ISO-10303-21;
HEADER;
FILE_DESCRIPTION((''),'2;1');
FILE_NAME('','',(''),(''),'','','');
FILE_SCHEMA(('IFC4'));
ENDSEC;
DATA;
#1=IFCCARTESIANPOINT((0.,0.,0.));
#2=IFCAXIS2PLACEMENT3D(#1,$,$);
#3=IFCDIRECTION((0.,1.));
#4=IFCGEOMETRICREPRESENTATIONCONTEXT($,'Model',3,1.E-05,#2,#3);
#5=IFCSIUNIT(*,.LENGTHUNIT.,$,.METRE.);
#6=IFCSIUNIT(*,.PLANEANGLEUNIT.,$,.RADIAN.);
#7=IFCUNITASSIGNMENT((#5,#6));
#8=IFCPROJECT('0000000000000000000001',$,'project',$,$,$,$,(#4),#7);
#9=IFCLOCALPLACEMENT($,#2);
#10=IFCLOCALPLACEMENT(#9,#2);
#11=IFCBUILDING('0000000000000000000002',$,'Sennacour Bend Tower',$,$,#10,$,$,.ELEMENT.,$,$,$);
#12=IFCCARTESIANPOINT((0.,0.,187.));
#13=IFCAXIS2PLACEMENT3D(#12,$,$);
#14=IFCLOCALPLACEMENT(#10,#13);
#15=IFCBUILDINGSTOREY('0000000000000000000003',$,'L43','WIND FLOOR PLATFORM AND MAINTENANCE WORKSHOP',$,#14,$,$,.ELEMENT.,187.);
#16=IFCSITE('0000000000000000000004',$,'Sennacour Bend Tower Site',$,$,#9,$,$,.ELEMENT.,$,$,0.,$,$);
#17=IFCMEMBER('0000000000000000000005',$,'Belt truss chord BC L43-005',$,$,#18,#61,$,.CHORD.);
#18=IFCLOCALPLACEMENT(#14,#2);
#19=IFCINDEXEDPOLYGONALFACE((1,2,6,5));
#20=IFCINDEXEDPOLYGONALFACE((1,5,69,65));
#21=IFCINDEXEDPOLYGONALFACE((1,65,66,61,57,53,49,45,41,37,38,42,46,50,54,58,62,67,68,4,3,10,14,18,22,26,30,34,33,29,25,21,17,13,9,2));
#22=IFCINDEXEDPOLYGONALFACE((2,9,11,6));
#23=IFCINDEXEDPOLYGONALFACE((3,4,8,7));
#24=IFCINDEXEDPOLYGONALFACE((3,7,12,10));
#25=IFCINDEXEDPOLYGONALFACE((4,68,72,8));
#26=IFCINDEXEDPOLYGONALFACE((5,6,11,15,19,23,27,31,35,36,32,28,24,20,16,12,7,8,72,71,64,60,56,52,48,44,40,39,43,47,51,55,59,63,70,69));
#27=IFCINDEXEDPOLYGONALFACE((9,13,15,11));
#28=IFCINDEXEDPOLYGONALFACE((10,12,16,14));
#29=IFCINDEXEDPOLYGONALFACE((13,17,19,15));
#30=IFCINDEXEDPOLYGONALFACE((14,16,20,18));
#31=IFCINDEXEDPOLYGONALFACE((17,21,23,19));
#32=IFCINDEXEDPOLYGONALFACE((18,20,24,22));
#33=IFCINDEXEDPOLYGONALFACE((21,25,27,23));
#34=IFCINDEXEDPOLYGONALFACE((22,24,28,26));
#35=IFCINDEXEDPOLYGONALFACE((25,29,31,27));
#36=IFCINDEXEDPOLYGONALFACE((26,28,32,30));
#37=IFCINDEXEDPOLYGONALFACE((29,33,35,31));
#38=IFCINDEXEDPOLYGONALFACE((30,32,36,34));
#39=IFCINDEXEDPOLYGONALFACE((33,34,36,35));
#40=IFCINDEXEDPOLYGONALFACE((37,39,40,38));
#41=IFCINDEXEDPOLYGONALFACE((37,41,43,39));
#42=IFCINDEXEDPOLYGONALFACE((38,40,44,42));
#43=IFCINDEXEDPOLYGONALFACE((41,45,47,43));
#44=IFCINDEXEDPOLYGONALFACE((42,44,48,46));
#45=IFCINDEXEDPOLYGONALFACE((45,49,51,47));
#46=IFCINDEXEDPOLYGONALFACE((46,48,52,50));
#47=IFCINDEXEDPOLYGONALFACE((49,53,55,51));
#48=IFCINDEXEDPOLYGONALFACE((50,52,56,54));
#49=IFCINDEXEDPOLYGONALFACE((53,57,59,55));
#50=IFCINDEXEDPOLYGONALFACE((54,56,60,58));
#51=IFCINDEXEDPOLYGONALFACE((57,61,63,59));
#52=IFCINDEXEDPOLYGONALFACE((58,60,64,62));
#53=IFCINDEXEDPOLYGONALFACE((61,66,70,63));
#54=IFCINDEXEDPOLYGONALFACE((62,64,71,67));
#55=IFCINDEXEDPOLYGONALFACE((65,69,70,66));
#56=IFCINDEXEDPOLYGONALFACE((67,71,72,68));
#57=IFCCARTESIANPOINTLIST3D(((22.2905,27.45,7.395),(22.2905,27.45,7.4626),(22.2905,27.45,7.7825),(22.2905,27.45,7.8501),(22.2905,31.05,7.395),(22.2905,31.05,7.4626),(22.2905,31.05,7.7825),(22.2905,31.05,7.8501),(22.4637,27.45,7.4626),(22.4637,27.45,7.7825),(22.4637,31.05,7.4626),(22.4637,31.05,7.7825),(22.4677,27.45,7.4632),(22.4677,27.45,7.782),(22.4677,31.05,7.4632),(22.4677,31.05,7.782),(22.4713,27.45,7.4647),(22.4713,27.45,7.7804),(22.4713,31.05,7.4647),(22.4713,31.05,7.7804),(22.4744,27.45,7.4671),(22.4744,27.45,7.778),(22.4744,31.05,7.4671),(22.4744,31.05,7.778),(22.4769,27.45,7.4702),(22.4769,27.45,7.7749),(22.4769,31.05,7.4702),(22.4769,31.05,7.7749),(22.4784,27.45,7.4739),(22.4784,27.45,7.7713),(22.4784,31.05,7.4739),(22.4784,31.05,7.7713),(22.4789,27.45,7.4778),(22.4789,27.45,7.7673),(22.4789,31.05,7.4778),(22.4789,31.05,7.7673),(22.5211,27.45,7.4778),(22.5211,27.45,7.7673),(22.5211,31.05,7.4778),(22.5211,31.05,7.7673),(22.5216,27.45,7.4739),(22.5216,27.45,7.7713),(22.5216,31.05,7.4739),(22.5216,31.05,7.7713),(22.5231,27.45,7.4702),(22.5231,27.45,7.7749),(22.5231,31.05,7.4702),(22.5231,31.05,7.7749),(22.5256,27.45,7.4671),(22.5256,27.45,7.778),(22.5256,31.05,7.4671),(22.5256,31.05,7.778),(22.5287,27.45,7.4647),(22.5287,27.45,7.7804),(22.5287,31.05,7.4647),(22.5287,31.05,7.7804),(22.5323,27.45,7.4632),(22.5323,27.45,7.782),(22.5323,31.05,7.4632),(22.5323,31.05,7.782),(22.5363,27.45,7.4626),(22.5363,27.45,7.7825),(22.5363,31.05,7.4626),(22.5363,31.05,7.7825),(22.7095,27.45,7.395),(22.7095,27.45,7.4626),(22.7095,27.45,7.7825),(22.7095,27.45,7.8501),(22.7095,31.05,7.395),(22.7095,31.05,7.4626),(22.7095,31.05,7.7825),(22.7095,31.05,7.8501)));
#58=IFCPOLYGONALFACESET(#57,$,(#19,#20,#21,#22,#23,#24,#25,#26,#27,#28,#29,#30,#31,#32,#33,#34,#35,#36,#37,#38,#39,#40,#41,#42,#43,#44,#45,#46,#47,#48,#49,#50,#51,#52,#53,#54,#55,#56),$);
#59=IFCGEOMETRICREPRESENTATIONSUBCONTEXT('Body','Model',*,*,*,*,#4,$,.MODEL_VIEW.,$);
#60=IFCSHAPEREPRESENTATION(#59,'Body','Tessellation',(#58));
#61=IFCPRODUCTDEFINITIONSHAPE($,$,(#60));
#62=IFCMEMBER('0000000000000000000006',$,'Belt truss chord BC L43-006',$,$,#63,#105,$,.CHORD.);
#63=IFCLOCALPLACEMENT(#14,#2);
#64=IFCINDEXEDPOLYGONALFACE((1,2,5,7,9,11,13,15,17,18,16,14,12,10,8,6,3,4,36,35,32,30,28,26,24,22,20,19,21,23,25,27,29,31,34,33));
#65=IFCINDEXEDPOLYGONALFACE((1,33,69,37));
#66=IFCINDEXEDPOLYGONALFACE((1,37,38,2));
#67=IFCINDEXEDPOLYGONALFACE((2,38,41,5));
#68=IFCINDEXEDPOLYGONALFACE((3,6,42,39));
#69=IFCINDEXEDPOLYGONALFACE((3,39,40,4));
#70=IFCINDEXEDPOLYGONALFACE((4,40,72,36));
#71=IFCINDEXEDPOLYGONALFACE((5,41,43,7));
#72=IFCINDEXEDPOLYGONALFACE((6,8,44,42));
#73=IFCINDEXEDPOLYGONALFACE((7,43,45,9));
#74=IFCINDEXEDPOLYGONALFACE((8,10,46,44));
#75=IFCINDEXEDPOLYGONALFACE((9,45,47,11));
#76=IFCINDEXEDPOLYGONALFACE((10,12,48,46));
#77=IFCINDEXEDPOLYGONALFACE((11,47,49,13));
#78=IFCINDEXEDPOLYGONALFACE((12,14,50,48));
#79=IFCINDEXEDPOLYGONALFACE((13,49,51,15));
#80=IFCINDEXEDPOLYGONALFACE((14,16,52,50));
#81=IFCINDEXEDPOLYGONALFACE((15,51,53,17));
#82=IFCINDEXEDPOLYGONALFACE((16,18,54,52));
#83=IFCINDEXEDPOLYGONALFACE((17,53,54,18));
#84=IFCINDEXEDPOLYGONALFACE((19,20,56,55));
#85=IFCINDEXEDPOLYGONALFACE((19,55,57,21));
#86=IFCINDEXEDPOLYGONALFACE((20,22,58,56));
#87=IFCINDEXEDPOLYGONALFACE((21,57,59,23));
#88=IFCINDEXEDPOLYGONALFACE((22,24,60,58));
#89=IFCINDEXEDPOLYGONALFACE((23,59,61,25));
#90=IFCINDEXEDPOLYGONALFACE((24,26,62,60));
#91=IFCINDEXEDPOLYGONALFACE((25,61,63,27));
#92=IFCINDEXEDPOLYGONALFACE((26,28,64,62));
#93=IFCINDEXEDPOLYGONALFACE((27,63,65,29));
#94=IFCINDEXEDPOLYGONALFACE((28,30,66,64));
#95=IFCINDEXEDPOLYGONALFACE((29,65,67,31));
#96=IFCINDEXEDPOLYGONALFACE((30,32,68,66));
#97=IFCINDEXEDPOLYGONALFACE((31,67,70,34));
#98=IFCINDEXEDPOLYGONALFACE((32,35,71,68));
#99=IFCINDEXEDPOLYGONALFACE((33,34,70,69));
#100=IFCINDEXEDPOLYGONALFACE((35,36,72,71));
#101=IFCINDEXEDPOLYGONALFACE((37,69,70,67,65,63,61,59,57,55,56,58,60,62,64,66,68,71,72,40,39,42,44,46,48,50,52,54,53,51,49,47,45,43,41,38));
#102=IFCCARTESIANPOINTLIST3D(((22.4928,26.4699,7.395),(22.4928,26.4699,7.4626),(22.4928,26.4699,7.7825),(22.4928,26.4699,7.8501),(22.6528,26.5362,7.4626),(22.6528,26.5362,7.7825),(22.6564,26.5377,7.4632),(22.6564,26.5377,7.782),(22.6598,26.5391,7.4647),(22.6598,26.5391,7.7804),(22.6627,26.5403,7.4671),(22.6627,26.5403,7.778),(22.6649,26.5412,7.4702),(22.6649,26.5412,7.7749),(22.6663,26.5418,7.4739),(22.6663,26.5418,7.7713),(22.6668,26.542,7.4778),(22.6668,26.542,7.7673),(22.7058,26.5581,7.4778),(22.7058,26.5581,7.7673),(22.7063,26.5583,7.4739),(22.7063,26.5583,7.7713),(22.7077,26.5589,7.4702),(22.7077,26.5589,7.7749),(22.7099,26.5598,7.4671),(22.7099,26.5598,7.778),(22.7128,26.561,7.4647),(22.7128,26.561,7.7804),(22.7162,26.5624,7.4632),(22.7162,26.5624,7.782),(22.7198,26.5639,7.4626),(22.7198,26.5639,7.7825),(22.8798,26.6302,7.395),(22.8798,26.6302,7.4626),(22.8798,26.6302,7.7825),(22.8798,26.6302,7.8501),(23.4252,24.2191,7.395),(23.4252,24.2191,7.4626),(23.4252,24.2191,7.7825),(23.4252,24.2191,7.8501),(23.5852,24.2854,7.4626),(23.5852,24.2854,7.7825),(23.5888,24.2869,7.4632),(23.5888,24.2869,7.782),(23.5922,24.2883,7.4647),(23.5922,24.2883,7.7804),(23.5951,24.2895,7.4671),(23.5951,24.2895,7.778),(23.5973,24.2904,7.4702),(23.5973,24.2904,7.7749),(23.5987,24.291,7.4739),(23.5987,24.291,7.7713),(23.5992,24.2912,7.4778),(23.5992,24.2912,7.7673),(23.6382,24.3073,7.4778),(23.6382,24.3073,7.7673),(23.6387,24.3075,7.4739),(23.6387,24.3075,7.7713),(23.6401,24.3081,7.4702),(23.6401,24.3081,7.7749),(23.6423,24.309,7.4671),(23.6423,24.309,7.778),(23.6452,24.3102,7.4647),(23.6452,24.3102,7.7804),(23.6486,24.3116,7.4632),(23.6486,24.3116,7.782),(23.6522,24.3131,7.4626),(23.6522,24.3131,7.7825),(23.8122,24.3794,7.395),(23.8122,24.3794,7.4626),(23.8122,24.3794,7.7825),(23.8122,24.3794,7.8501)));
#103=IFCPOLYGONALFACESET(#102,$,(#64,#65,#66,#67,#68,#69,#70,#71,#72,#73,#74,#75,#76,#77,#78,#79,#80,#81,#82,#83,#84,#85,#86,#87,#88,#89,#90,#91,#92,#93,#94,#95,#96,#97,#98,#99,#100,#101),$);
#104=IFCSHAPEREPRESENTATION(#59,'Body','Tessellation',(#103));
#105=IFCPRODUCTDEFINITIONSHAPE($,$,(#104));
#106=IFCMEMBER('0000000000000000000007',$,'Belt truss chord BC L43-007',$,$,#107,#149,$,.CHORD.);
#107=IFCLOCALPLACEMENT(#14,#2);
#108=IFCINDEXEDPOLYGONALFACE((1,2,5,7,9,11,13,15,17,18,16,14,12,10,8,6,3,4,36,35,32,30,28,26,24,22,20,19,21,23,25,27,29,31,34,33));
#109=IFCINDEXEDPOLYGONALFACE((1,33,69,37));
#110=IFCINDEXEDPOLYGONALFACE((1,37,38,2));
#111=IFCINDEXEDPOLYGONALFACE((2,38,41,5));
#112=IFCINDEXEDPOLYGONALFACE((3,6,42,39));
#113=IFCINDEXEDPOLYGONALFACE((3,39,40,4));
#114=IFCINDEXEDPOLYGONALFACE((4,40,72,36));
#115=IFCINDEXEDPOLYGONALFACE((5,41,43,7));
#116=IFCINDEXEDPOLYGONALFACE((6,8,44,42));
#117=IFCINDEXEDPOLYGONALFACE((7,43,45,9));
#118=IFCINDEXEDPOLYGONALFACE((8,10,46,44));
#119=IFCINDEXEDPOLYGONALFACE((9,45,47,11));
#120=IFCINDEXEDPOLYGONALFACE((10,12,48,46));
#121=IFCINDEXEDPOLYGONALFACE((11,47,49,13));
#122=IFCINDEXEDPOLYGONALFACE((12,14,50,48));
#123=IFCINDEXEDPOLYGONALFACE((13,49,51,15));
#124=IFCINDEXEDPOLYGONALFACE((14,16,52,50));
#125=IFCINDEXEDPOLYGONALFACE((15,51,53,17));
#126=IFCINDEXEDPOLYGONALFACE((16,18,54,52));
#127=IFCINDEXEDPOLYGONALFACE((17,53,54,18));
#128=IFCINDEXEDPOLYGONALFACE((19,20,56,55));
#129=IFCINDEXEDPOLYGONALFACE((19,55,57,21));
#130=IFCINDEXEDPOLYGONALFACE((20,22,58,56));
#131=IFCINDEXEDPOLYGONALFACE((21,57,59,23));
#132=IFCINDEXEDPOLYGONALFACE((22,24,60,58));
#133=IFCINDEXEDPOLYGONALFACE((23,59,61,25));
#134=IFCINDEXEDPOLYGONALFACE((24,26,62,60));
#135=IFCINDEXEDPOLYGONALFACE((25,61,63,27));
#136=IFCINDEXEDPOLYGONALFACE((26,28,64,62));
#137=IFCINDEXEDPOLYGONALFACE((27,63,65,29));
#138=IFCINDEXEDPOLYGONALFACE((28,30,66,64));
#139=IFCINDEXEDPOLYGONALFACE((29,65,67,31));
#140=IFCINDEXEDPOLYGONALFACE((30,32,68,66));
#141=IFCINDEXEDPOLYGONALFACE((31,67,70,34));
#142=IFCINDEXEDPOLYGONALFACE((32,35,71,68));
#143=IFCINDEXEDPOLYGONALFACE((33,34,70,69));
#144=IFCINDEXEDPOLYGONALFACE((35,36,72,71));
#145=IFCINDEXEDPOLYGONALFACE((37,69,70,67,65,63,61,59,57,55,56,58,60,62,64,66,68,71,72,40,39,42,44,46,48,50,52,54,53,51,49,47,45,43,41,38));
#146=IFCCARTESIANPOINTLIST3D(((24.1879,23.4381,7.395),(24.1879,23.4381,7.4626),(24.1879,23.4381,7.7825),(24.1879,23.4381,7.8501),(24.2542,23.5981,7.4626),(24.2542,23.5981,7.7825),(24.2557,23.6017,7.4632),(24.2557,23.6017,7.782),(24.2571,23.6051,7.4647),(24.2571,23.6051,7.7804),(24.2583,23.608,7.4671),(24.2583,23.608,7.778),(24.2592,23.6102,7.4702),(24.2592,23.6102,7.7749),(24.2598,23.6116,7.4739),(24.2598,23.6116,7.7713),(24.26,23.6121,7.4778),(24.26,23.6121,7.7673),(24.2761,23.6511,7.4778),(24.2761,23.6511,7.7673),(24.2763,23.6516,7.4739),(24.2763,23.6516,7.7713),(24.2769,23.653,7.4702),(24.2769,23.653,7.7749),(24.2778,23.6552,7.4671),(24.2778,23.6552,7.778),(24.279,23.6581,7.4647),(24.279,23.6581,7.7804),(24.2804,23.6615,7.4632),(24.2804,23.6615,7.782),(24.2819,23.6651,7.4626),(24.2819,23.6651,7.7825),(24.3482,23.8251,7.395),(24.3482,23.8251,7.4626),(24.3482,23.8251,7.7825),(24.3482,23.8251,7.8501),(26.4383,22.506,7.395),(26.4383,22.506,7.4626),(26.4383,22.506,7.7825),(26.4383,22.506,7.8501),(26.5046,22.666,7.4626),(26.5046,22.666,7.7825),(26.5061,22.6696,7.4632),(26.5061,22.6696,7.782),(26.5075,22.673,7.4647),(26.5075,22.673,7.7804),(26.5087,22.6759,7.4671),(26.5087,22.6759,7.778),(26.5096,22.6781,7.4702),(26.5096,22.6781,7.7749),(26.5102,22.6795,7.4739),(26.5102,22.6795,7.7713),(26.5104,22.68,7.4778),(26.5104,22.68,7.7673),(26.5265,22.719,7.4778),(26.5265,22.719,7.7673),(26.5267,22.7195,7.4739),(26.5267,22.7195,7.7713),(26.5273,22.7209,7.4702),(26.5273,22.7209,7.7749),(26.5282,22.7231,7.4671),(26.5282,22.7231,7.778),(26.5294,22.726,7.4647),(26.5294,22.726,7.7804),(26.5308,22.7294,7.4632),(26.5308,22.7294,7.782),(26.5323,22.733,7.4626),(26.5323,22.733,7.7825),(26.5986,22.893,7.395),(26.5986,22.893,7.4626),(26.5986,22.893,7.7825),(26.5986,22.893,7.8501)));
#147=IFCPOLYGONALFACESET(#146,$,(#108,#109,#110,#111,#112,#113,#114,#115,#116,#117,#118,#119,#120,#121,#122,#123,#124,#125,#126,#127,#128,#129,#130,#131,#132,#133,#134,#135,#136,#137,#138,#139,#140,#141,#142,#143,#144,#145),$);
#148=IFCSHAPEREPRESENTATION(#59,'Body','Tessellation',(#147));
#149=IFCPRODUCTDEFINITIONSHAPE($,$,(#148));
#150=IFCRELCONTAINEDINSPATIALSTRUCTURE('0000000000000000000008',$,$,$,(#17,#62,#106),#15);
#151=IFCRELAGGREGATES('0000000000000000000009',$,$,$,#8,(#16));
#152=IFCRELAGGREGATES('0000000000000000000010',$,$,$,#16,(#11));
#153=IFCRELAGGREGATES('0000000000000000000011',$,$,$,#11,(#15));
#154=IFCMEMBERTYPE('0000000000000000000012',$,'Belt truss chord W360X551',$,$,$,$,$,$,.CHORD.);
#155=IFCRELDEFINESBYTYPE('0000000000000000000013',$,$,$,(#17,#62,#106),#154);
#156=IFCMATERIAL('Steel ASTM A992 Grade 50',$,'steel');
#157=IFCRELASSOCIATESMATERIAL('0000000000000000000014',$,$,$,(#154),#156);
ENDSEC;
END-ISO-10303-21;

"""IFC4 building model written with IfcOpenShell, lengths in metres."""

from ifc_helpers import new_model, si_unit, direction, frame, origin, origin_2d, place, context, subcontext, project, spatial, i_section, extrude, material, material_profile, profile_set, type_object, element, save


model = new_model("IFC4")

# Units and contexts
model_context = context("Model", 3, precision=1e-05, world=origin(), true_north=direction((0.0, 1.0)))
body_context = subcontext(model_context, "Body", "Model", "MODEL_VIEW")
ifc_project = project(units=[si_unit("LENGTHUNIT", "METRE"), si_unit("PLANEANGLEUNIT", "RADIAN")], contexts=[model_context])

# Site, building, storey
site_placement = place(None, origin())
site = spatial("IfcSite", under=ifc_project, at=site_placement, Name="Sennacour Bend Tower Site", CompositionType="ELEMENT", RefElevation=0.0)
building_placement = place(site_placement, origin())
building = spatial("IfcBuilding", under=site, at=building_placement, Name="Sennacour Bend Tower", CompositionType="ELEMENT")
storey_placement = place(building_placement, frame((0.0, 0.0, 187.0)))
storey = spatial("IfcBuildingStorey", under=building, at=storey_placement, Name="L43", Description="WIND FLOOR PLATFORM AND MAINTENANCE WORKSHOP", CompositionType="ELEMENT", Elevation=187.0)

# Members
ifc_material_1 = material(Name="Steel ASTM A992 Grade 50", Category="steel")
ifc_material_profile_1 = material_profile(ifc_material_1, i_section(OverallWidth=0.4189, OverallDepth=0.4551, WebThickness=0.0422, FlangeThickness=0.0676, FilletRadius=0.0151, at=origin_2d()), Name="Steel ASTM A992 Grade 50", Category="steel")
ifc_profile_set_1 = profile_set([ifc_material_profile_1], Name="Steel ASTM A992 Grade 50")
member_type_1 = type_object("IfcMemberType", Name="Belt truss chord W360X551", PredefinedType="CHORD", material=ifc_profile_set_1)
member_1_placement = place(storey_placement, frame((22.5, 31.05, 7.6226), z_axis=(0.0, -1.0, 0.0), x_axis=(1.0, 0.0, 0.0)))
element("IfcMember", 1, at=member_1_placement, inside=storey, type_object=member_type_1, Name="Belt truss chord BC L43-005", PredefinedType="CHORD", context=body_context, shape_type="SweptSolid", body=[
    extrude(i_section(OverallWidth=0.4189, OverallDepth=0.4551, WebThickness=0.0422, FlangeThickness=0.0676, FilletRadius=0.0151, at=origin_2d()), origin(), (0.0, 0.0, 1.0), 3.6001),
])
member_2_placement = place(storey_placement, frame((22.6863, 26.55, 7.6226), z_axis=(0.382715, -0.923867, 0.0), x_axis=(0.923867, 0.382715, 0.0)))
element("IfcMember", 2, at=member_2_placement, inside=storey, type_object=member_type_1, Name="Belt truss chord BC L43-006", PredefinedType="CHORD", context=body_context, shape_type="SweptSolid", body=[
    extrude(i_section(OverallWidth=0.4189, OverallDepth=0.4551, WebThickness=0.0422, FlangeThickness=0.0676, FilletRadius=0.0151, at=origin_2d()), origin(), (0.0, 0.0, 1.0), 2.4363),
])
member_3_placement = place(storey_placement, frame((24.2681, 23.6316, 7.6226), z_axis=(0.923887, -0.382665, 0.0), x_axis=(0.382665, 0.923887, 0.0)))
element("IfcMember", 3, at=member_3_placement, inside=storey, type_object=member_type_1, Name="Belt truss chord BC L43-007", PredefinedType="CHORD", context=body_context, shape_type="SweptSolid", body=[
    extrude(i_section(OverallWidth=0.4189, OverallDepth=0.4551, WebThickness=0.0422, FlangeThickness=0.0676, FilletRadius=0.0151, at=origin_2d()), origin(), (0.0, 0.0, 1.0), 2.4358),
])

save(model, "model.ifc")
